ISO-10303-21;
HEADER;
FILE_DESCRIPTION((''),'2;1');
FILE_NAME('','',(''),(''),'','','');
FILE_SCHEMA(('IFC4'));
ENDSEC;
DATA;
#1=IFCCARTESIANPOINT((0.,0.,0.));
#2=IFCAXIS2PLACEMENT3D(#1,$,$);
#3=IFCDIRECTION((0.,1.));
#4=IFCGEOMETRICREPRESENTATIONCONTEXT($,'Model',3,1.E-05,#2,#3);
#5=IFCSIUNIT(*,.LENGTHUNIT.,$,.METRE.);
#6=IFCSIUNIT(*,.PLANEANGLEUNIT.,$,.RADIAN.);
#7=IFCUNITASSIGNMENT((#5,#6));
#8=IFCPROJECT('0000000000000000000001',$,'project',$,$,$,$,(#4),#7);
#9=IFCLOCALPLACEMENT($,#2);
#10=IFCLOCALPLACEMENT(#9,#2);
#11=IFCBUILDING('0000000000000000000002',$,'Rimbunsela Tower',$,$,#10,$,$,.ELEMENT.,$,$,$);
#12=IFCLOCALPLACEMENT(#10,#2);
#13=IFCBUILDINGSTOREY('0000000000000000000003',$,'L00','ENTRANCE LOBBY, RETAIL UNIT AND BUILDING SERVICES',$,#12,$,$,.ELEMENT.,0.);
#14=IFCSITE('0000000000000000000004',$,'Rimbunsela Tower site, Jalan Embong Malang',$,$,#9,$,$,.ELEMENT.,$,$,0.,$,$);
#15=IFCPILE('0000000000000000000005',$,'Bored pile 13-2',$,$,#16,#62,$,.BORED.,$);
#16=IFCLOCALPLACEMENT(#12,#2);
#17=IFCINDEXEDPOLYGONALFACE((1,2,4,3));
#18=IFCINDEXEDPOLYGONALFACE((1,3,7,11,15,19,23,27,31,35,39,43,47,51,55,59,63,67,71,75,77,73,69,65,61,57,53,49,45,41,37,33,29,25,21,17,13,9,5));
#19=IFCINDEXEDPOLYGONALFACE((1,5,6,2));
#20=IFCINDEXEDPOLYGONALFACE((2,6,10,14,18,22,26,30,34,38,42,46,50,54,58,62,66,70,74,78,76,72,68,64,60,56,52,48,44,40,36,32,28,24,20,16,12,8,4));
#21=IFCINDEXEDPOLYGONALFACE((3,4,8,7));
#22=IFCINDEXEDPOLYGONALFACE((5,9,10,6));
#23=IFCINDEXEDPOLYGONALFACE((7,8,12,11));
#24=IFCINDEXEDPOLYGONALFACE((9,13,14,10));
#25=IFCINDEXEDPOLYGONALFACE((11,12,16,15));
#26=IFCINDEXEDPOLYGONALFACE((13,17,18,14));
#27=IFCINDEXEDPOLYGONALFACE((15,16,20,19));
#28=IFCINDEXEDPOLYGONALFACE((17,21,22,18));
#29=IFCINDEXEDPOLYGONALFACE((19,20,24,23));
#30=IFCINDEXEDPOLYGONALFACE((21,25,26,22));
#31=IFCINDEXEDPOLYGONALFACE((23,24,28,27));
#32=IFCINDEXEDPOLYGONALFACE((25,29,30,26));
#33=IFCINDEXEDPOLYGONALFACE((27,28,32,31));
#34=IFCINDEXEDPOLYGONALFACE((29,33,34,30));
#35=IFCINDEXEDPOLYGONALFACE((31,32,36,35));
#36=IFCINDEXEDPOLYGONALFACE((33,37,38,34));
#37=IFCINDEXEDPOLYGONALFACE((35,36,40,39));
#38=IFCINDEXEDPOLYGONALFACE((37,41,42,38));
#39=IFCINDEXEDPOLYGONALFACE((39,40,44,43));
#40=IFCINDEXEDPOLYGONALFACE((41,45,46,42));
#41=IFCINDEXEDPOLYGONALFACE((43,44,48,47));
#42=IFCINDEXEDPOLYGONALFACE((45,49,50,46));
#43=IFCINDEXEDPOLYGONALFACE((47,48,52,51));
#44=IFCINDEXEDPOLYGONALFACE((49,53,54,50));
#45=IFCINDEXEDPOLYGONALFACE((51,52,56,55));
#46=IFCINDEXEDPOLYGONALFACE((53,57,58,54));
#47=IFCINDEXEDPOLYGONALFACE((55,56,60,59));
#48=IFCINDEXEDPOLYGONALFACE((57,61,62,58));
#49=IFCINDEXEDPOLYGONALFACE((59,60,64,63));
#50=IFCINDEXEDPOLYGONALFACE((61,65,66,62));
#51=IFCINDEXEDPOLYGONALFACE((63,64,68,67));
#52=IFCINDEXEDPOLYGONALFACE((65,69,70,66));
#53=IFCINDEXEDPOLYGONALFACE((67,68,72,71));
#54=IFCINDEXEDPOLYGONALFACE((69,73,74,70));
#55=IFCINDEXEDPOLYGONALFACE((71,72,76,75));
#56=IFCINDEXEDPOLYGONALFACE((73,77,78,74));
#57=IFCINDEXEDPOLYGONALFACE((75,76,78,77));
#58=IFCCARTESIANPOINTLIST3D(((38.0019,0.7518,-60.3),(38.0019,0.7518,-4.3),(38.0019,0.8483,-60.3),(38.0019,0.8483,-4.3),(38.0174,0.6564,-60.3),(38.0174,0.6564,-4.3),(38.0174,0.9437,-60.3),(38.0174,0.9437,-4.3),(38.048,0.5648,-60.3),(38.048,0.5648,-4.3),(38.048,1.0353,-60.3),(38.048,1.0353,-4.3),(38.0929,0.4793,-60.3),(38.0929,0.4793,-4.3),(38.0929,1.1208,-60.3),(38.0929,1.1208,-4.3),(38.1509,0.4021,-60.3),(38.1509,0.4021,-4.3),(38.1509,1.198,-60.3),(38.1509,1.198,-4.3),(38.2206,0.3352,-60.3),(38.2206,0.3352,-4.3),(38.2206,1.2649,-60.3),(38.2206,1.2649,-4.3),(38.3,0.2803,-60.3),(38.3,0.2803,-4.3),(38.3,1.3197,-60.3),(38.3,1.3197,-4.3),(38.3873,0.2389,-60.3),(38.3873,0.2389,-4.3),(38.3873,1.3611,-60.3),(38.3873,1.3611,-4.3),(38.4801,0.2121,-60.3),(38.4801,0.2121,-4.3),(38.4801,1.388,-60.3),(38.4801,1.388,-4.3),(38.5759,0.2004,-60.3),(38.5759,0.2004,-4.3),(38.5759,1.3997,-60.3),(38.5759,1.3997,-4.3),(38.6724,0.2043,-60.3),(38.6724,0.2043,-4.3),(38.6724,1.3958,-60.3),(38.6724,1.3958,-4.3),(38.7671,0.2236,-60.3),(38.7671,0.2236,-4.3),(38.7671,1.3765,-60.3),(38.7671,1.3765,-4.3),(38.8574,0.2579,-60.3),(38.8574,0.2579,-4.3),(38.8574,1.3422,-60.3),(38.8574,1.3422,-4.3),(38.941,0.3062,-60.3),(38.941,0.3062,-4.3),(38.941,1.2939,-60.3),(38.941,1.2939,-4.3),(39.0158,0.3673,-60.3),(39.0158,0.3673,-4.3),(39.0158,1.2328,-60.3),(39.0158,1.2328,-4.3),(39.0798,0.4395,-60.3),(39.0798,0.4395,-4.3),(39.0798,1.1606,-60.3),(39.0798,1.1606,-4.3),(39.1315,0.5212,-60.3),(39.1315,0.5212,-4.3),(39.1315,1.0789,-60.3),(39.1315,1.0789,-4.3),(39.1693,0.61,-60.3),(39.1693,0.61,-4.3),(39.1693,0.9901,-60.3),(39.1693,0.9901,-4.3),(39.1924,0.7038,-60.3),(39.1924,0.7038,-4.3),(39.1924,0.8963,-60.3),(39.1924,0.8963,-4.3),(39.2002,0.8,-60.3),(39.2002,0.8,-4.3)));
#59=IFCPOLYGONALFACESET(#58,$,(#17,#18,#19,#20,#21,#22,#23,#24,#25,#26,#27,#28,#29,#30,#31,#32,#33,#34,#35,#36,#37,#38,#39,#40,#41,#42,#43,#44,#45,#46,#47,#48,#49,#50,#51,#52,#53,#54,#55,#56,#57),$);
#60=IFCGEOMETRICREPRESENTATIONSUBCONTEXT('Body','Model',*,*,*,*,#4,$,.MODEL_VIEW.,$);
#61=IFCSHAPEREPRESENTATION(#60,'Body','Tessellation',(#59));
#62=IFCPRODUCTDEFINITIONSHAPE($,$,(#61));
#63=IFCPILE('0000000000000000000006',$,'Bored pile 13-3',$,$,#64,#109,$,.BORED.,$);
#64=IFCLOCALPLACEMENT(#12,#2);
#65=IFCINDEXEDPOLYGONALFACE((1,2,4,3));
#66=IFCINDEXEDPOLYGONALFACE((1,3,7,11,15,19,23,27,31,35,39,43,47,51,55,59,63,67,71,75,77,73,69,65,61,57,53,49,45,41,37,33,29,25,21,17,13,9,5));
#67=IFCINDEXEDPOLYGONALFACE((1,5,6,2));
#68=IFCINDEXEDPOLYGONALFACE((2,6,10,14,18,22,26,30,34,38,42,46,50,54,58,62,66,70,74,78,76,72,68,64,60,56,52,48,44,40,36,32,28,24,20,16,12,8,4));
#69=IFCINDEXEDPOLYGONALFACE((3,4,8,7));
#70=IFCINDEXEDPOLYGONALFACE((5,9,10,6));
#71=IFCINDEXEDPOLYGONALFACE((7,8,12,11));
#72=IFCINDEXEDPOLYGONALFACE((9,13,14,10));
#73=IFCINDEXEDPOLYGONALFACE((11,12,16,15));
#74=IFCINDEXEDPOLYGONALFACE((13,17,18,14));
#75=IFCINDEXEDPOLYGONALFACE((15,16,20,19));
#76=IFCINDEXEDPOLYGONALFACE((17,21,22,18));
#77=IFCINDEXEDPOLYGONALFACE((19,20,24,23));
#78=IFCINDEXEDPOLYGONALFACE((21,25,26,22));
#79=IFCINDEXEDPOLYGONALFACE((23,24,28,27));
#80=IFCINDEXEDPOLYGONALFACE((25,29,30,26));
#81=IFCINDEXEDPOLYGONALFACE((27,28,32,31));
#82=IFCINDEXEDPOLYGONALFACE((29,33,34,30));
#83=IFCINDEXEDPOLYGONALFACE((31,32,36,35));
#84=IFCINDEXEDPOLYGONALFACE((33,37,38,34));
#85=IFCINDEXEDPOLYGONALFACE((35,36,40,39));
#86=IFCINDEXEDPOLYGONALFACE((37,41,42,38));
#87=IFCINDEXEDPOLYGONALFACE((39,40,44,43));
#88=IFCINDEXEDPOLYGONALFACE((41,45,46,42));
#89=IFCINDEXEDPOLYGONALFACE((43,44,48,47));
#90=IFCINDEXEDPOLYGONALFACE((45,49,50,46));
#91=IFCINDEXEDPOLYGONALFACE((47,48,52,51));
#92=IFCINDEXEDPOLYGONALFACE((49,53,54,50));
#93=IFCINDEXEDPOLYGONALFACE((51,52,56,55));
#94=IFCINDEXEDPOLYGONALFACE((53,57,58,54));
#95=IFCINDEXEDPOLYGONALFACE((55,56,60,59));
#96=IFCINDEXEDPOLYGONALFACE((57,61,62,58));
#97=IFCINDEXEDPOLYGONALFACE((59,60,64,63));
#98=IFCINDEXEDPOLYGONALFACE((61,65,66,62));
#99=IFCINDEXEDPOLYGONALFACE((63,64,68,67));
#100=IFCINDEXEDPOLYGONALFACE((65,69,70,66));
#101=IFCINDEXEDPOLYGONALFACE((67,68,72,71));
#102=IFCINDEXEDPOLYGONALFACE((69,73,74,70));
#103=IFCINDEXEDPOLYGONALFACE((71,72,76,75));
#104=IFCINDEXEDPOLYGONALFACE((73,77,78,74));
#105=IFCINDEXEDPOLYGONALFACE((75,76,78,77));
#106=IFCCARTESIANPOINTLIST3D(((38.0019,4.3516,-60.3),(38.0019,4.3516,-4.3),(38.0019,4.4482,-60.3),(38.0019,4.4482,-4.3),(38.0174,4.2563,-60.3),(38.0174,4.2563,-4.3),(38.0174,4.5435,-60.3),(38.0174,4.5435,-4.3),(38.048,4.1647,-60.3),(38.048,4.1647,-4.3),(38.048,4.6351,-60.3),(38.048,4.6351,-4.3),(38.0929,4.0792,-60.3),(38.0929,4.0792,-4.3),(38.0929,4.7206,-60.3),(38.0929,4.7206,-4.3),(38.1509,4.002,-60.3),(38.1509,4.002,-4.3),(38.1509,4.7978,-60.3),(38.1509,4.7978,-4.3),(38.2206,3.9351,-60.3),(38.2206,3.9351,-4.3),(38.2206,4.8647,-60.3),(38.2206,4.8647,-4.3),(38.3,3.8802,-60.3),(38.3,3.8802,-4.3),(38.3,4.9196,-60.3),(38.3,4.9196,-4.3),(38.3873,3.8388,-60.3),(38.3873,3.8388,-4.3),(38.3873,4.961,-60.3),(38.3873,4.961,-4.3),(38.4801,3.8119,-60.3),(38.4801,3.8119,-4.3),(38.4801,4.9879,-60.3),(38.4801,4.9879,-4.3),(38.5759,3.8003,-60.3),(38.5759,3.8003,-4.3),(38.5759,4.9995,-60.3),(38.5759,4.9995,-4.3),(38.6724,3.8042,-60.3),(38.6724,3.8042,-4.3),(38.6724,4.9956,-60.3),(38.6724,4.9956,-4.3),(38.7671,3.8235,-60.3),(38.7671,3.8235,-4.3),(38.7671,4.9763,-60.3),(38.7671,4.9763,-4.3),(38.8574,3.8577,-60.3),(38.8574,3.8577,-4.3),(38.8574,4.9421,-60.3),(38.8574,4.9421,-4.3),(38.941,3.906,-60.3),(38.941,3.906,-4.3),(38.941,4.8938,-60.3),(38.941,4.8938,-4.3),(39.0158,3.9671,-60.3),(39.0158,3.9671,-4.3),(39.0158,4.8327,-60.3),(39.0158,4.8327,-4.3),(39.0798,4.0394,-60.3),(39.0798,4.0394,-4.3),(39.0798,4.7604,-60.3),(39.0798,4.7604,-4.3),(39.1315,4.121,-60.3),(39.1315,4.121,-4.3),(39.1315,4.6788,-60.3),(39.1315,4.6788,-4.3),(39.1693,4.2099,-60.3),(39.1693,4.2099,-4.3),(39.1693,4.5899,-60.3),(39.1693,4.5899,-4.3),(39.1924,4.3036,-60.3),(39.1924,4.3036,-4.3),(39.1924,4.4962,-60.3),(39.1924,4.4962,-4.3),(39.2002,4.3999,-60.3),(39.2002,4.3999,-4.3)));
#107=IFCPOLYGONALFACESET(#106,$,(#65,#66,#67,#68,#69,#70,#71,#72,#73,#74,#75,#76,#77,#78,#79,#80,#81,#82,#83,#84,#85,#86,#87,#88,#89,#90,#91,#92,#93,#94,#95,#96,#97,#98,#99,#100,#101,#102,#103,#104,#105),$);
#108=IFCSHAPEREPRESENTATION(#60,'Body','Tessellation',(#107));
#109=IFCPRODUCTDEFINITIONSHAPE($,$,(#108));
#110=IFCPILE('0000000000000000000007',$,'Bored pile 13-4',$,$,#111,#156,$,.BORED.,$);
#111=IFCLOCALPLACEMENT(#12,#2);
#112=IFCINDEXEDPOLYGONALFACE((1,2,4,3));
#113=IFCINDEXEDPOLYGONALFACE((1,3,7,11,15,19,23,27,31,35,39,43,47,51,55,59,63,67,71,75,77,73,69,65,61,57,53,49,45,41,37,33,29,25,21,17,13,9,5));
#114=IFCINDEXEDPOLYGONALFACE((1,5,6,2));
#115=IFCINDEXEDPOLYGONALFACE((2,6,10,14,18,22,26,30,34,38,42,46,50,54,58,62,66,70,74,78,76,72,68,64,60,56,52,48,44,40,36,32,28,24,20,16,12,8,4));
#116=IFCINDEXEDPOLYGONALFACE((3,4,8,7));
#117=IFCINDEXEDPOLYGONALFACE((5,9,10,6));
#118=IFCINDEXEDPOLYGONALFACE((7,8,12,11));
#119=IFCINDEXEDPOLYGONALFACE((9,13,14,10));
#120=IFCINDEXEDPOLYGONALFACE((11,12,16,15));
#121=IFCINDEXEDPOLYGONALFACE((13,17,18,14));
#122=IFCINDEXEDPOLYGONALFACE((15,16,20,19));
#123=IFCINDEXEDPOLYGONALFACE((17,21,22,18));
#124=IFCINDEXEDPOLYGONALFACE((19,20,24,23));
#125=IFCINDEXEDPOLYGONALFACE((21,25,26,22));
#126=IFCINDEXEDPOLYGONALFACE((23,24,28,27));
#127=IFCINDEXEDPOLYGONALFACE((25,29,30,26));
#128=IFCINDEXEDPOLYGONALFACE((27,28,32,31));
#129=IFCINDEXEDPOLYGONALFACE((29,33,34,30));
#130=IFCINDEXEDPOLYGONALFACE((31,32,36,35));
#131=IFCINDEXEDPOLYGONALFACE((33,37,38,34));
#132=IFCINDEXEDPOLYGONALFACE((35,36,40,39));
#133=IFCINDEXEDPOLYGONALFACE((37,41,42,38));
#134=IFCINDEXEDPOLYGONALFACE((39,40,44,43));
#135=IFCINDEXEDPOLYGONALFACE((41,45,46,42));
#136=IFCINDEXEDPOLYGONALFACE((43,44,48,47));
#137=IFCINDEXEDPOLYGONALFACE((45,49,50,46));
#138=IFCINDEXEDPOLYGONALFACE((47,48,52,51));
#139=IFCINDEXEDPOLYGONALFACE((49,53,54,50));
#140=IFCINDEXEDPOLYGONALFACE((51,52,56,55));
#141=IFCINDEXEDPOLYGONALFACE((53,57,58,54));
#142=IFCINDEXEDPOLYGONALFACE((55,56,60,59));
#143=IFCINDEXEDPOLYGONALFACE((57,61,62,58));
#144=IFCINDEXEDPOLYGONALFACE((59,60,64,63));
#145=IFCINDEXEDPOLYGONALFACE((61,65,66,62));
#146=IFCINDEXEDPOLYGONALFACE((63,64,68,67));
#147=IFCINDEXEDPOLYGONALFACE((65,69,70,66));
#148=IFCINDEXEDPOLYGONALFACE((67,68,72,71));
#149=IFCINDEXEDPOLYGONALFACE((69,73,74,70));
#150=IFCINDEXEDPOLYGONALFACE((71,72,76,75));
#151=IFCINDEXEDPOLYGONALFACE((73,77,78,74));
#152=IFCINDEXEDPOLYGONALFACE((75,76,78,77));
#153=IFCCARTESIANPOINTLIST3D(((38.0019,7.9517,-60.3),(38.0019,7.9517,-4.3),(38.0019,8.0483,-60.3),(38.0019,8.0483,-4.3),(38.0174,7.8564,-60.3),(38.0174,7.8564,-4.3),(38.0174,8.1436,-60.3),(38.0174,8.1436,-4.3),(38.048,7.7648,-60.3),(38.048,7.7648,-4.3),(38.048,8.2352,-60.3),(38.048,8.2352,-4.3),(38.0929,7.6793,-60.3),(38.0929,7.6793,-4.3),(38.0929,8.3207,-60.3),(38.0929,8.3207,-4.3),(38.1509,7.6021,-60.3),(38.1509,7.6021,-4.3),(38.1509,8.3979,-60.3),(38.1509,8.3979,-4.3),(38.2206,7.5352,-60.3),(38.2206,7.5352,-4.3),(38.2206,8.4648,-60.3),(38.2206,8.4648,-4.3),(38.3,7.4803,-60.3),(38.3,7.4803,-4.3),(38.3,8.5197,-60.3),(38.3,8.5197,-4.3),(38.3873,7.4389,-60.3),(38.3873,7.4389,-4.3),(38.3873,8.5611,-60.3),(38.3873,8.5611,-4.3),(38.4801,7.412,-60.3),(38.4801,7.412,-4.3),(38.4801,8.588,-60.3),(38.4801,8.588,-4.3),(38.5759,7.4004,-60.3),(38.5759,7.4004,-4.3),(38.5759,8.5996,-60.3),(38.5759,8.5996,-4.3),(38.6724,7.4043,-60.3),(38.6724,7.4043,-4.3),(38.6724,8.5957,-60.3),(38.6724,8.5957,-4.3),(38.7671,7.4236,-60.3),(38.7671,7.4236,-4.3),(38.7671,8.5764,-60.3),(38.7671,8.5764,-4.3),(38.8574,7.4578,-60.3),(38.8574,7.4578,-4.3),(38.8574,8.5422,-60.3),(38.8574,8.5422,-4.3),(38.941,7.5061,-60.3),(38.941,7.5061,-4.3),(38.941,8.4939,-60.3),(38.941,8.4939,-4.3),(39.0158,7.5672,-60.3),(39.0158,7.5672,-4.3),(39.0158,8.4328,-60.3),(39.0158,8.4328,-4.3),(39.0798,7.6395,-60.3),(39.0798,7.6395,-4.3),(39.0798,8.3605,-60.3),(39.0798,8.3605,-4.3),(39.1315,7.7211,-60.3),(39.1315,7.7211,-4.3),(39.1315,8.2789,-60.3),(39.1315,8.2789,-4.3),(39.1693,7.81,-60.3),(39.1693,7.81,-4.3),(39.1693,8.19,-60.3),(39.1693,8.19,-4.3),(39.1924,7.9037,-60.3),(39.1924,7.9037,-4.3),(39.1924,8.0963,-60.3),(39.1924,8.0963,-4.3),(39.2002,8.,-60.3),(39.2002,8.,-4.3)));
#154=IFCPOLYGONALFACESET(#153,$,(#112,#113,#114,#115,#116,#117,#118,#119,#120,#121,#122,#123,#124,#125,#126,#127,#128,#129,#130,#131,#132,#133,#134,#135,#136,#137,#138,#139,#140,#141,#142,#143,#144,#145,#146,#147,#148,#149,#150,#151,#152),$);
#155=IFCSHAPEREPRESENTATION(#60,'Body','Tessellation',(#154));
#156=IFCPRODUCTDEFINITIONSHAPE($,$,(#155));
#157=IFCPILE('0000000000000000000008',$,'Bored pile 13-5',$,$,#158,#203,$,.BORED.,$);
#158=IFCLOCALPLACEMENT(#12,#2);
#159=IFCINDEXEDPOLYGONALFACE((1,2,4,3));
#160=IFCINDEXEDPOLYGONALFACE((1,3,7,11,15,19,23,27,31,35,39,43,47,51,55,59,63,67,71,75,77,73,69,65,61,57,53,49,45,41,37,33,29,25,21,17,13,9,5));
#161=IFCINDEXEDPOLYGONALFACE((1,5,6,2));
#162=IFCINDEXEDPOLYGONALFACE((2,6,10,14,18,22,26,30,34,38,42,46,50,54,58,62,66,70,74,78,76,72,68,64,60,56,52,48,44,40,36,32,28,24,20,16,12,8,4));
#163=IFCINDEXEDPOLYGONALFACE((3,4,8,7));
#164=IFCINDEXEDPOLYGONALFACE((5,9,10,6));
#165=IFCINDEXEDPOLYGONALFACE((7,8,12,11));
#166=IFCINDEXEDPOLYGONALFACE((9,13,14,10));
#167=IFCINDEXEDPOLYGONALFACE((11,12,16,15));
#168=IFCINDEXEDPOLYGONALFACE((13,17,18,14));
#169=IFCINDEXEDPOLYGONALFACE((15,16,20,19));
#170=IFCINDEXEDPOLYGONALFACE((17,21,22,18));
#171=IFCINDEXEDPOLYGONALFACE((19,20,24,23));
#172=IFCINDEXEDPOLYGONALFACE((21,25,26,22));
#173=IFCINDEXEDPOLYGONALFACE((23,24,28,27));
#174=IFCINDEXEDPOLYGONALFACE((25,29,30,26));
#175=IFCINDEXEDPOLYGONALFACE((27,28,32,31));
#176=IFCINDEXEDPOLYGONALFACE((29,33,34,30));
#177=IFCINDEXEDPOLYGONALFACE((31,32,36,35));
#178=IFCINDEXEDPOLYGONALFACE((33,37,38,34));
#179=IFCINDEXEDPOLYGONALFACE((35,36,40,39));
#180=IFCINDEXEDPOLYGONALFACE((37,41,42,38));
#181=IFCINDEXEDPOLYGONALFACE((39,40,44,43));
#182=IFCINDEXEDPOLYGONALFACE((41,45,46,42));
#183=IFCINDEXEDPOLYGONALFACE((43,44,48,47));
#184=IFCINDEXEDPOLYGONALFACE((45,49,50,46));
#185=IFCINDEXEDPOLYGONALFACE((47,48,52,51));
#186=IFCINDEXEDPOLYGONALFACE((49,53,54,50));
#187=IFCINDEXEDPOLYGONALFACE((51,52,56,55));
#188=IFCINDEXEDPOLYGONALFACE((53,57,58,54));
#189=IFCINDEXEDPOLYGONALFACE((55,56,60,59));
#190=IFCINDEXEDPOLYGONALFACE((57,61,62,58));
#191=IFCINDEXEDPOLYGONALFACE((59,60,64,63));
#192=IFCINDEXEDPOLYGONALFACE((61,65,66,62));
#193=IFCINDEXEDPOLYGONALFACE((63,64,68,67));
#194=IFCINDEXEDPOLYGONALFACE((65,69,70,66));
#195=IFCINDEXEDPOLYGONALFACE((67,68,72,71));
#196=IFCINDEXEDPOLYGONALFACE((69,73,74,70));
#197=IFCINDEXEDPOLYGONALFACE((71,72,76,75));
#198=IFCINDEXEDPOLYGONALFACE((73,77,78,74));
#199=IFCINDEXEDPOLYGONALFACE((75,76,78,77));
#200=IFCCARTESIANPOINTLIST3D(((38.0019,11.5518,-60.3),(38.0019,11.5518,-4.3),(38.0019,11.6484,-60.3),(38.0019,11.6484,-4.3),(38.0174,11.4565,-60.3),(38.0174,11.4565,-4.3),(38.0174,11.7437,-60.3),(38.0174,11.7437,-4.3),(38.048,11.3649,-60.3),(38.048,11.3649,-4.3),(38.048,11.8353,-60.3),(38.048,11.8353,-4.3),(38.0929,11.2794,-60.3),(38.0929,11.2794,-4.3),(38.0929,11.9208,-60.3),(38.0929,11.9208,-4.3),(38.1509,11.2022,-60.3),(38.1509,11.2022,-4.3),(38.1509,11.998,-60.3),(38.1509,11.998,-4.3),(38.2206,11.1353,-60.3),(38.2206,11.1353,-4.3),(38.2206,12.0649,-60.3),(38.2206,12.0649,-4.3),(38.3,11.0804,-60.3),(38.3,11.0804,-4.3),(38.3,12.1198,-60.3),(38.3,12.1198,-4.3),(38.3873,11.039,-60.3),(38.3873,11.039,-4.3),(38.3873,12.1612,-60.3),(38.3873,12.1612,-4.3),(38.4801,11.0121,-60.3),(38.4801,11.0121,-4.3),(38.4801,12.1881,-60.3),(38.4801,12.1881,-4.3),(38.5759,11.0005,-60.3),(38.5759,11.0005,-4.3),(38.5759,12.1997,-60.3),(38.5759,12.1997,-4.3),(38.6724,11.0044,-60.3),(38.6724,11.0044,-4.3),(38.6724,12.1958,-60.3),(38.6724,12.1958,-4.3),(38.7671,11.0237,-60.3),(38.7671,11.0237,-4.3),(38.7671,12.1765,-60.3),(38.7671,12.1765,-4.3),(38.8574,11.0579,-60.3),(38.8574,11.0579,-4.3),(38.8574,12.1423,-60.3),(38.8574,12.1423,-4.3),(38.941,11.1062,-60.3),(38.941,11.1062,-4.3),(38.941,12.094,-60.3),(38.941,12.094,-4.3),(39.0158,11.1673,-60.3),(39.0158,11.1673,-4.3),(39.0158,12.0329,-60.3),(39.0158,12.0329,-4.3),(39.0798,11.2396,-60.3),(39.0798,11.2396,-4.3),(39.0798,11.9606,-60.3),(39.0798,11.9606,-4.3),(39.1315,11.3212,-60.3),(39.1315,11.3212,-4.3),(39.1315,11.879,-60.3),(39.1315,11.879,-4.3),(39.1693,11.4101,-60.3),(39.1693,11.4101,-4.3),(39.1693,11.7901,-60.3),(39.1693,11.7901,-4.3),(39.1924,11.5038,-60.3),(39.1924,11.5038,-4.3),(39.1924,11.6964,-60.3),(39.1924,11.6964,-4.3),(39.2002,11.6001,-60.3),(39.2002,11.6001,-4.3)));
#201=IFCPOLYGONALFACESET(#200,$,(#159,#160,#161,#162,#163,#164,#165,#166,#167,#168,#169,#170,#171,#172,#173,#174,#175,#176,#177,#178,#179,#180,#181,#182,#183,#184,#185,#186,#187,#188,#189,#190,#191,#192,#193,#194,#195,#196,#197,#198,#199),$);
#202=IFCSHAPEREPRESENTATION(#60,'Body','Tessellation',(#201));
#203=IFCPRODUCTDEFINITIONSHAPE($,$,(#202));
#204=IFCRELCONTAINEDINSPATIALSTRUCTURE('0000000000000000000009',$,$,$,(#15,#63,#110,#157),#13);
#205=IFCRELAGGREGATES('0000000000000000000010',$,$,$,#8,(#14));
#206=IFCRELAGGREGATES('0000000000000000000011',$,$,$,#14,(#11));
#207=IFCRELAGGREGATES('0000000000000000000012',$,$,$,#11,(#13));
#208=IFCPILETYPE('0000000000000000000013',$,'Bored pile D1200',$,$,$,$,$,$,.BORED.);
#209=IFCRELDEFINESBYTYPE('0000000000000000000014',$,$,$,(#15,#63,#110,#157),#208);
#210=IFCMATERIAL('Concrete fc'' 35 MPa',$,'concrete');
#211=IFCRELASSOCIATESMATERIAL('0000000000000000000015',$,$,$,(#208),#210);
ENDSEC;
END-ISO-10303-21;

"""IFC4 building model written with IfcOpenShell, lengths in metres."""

from ifc_helpers import new_model, si_unit, direction, frame, origin, origin_2d, place, context, subcontext, project, spatial, circle, extrude, material, material_profile, profile_set, type_object, element, save


model = new_model("IFC4")

# Units and contexts
model_context = context("Model", 3, precision=1e-05, world=origin(), true_north=direction((0.0, 1.0)))
body_context = subcontext(model_context, "Body", "Model", "MODEL_VIEW")
ifc_project = project(units=[si_unit("LENGTHUNIT", "METRE"), si_unit("PLANEANGLEUNIT", "RADIAN")], contexts=[model_context])

# Site, building, storey
site_placement = place(None, origin())
site = spatial("IfcSite", under=ifc_project, at=site_placement, Name="Rimbunsela Tower site, Jalan Embong Malang", CompositionType="ELEMENT", RefElevation=0.0)
building_placement = place(site_placement, origin())
building = spatial("IfcBuilding", under=site, at=building_placement, Name="Rimbunsela Tower", CompositionType="ELEMENT")
storey_placement = place(building_placement, origin())
storey = spatial("IfcBuildingStorey", under=building, at=storey_placement, Name="L00", Description="ENTRANCE LOBBY, RETAIL UNIT AND BUILDING SERVICES", CompositionType="ELEMENT", Elevation=0.0)

# Piles
ifc_material_1 = material(Name="Concrete fc' 35 MPa", Category="concrete")
ifc_material_profile_1 = material_profile(ifc_material_1, circle(Radius=0.6001, at=origin_2d()), Name="BP D1200")
ifc_profile_set_1 = profile_set([ifc_material_profile_1], Name="Concrete fc' 35 MPa")
pile_type = type_object("IfcPileType", Name="Bored pile D1200", PredefinedType="BORED", material=ifc_profile_set_1)
for number, where, z_axis, x_axis, name in (
    (1, (38.6001, 0.8, -4.3), (0.0, 0.0, -1.0), (1.0, 0.0, 0.0), "Bored pile 13-2"),
    (2, (38.6001, 4.3999, -4.3), (0.0, 0.0, -1.0), (1.0, 0.0, 0.0), "Bored pile 13-3"),
    (3, (38.6001, 8.0, -4.3), (0.0, 0.0, -1.0), (1.0, 0.0, 0.0), "Bored pile 13-4"),
    (4, (38.6001, 11.6001, -4.3), (0.0, 0.0, -1.0), (1.0, 0.0, 0.0), "Bored pile 13-5"),
):
    element("IfcPile", number, at=place(storey_placement, frame(where, z_axis=z_axis, x_axis=x_axis)), inside=storey, type_object=pile_type, Name=name, PredefinedType="BORED", context=body_context, shape_type="SweptSolid", body=[
        extrude(circle(Radius=0.6001, at=origin_2d()), origin(), (0.0, 0.0, 1.0), 56.0),
    ])

save(model, "model.ifc")
